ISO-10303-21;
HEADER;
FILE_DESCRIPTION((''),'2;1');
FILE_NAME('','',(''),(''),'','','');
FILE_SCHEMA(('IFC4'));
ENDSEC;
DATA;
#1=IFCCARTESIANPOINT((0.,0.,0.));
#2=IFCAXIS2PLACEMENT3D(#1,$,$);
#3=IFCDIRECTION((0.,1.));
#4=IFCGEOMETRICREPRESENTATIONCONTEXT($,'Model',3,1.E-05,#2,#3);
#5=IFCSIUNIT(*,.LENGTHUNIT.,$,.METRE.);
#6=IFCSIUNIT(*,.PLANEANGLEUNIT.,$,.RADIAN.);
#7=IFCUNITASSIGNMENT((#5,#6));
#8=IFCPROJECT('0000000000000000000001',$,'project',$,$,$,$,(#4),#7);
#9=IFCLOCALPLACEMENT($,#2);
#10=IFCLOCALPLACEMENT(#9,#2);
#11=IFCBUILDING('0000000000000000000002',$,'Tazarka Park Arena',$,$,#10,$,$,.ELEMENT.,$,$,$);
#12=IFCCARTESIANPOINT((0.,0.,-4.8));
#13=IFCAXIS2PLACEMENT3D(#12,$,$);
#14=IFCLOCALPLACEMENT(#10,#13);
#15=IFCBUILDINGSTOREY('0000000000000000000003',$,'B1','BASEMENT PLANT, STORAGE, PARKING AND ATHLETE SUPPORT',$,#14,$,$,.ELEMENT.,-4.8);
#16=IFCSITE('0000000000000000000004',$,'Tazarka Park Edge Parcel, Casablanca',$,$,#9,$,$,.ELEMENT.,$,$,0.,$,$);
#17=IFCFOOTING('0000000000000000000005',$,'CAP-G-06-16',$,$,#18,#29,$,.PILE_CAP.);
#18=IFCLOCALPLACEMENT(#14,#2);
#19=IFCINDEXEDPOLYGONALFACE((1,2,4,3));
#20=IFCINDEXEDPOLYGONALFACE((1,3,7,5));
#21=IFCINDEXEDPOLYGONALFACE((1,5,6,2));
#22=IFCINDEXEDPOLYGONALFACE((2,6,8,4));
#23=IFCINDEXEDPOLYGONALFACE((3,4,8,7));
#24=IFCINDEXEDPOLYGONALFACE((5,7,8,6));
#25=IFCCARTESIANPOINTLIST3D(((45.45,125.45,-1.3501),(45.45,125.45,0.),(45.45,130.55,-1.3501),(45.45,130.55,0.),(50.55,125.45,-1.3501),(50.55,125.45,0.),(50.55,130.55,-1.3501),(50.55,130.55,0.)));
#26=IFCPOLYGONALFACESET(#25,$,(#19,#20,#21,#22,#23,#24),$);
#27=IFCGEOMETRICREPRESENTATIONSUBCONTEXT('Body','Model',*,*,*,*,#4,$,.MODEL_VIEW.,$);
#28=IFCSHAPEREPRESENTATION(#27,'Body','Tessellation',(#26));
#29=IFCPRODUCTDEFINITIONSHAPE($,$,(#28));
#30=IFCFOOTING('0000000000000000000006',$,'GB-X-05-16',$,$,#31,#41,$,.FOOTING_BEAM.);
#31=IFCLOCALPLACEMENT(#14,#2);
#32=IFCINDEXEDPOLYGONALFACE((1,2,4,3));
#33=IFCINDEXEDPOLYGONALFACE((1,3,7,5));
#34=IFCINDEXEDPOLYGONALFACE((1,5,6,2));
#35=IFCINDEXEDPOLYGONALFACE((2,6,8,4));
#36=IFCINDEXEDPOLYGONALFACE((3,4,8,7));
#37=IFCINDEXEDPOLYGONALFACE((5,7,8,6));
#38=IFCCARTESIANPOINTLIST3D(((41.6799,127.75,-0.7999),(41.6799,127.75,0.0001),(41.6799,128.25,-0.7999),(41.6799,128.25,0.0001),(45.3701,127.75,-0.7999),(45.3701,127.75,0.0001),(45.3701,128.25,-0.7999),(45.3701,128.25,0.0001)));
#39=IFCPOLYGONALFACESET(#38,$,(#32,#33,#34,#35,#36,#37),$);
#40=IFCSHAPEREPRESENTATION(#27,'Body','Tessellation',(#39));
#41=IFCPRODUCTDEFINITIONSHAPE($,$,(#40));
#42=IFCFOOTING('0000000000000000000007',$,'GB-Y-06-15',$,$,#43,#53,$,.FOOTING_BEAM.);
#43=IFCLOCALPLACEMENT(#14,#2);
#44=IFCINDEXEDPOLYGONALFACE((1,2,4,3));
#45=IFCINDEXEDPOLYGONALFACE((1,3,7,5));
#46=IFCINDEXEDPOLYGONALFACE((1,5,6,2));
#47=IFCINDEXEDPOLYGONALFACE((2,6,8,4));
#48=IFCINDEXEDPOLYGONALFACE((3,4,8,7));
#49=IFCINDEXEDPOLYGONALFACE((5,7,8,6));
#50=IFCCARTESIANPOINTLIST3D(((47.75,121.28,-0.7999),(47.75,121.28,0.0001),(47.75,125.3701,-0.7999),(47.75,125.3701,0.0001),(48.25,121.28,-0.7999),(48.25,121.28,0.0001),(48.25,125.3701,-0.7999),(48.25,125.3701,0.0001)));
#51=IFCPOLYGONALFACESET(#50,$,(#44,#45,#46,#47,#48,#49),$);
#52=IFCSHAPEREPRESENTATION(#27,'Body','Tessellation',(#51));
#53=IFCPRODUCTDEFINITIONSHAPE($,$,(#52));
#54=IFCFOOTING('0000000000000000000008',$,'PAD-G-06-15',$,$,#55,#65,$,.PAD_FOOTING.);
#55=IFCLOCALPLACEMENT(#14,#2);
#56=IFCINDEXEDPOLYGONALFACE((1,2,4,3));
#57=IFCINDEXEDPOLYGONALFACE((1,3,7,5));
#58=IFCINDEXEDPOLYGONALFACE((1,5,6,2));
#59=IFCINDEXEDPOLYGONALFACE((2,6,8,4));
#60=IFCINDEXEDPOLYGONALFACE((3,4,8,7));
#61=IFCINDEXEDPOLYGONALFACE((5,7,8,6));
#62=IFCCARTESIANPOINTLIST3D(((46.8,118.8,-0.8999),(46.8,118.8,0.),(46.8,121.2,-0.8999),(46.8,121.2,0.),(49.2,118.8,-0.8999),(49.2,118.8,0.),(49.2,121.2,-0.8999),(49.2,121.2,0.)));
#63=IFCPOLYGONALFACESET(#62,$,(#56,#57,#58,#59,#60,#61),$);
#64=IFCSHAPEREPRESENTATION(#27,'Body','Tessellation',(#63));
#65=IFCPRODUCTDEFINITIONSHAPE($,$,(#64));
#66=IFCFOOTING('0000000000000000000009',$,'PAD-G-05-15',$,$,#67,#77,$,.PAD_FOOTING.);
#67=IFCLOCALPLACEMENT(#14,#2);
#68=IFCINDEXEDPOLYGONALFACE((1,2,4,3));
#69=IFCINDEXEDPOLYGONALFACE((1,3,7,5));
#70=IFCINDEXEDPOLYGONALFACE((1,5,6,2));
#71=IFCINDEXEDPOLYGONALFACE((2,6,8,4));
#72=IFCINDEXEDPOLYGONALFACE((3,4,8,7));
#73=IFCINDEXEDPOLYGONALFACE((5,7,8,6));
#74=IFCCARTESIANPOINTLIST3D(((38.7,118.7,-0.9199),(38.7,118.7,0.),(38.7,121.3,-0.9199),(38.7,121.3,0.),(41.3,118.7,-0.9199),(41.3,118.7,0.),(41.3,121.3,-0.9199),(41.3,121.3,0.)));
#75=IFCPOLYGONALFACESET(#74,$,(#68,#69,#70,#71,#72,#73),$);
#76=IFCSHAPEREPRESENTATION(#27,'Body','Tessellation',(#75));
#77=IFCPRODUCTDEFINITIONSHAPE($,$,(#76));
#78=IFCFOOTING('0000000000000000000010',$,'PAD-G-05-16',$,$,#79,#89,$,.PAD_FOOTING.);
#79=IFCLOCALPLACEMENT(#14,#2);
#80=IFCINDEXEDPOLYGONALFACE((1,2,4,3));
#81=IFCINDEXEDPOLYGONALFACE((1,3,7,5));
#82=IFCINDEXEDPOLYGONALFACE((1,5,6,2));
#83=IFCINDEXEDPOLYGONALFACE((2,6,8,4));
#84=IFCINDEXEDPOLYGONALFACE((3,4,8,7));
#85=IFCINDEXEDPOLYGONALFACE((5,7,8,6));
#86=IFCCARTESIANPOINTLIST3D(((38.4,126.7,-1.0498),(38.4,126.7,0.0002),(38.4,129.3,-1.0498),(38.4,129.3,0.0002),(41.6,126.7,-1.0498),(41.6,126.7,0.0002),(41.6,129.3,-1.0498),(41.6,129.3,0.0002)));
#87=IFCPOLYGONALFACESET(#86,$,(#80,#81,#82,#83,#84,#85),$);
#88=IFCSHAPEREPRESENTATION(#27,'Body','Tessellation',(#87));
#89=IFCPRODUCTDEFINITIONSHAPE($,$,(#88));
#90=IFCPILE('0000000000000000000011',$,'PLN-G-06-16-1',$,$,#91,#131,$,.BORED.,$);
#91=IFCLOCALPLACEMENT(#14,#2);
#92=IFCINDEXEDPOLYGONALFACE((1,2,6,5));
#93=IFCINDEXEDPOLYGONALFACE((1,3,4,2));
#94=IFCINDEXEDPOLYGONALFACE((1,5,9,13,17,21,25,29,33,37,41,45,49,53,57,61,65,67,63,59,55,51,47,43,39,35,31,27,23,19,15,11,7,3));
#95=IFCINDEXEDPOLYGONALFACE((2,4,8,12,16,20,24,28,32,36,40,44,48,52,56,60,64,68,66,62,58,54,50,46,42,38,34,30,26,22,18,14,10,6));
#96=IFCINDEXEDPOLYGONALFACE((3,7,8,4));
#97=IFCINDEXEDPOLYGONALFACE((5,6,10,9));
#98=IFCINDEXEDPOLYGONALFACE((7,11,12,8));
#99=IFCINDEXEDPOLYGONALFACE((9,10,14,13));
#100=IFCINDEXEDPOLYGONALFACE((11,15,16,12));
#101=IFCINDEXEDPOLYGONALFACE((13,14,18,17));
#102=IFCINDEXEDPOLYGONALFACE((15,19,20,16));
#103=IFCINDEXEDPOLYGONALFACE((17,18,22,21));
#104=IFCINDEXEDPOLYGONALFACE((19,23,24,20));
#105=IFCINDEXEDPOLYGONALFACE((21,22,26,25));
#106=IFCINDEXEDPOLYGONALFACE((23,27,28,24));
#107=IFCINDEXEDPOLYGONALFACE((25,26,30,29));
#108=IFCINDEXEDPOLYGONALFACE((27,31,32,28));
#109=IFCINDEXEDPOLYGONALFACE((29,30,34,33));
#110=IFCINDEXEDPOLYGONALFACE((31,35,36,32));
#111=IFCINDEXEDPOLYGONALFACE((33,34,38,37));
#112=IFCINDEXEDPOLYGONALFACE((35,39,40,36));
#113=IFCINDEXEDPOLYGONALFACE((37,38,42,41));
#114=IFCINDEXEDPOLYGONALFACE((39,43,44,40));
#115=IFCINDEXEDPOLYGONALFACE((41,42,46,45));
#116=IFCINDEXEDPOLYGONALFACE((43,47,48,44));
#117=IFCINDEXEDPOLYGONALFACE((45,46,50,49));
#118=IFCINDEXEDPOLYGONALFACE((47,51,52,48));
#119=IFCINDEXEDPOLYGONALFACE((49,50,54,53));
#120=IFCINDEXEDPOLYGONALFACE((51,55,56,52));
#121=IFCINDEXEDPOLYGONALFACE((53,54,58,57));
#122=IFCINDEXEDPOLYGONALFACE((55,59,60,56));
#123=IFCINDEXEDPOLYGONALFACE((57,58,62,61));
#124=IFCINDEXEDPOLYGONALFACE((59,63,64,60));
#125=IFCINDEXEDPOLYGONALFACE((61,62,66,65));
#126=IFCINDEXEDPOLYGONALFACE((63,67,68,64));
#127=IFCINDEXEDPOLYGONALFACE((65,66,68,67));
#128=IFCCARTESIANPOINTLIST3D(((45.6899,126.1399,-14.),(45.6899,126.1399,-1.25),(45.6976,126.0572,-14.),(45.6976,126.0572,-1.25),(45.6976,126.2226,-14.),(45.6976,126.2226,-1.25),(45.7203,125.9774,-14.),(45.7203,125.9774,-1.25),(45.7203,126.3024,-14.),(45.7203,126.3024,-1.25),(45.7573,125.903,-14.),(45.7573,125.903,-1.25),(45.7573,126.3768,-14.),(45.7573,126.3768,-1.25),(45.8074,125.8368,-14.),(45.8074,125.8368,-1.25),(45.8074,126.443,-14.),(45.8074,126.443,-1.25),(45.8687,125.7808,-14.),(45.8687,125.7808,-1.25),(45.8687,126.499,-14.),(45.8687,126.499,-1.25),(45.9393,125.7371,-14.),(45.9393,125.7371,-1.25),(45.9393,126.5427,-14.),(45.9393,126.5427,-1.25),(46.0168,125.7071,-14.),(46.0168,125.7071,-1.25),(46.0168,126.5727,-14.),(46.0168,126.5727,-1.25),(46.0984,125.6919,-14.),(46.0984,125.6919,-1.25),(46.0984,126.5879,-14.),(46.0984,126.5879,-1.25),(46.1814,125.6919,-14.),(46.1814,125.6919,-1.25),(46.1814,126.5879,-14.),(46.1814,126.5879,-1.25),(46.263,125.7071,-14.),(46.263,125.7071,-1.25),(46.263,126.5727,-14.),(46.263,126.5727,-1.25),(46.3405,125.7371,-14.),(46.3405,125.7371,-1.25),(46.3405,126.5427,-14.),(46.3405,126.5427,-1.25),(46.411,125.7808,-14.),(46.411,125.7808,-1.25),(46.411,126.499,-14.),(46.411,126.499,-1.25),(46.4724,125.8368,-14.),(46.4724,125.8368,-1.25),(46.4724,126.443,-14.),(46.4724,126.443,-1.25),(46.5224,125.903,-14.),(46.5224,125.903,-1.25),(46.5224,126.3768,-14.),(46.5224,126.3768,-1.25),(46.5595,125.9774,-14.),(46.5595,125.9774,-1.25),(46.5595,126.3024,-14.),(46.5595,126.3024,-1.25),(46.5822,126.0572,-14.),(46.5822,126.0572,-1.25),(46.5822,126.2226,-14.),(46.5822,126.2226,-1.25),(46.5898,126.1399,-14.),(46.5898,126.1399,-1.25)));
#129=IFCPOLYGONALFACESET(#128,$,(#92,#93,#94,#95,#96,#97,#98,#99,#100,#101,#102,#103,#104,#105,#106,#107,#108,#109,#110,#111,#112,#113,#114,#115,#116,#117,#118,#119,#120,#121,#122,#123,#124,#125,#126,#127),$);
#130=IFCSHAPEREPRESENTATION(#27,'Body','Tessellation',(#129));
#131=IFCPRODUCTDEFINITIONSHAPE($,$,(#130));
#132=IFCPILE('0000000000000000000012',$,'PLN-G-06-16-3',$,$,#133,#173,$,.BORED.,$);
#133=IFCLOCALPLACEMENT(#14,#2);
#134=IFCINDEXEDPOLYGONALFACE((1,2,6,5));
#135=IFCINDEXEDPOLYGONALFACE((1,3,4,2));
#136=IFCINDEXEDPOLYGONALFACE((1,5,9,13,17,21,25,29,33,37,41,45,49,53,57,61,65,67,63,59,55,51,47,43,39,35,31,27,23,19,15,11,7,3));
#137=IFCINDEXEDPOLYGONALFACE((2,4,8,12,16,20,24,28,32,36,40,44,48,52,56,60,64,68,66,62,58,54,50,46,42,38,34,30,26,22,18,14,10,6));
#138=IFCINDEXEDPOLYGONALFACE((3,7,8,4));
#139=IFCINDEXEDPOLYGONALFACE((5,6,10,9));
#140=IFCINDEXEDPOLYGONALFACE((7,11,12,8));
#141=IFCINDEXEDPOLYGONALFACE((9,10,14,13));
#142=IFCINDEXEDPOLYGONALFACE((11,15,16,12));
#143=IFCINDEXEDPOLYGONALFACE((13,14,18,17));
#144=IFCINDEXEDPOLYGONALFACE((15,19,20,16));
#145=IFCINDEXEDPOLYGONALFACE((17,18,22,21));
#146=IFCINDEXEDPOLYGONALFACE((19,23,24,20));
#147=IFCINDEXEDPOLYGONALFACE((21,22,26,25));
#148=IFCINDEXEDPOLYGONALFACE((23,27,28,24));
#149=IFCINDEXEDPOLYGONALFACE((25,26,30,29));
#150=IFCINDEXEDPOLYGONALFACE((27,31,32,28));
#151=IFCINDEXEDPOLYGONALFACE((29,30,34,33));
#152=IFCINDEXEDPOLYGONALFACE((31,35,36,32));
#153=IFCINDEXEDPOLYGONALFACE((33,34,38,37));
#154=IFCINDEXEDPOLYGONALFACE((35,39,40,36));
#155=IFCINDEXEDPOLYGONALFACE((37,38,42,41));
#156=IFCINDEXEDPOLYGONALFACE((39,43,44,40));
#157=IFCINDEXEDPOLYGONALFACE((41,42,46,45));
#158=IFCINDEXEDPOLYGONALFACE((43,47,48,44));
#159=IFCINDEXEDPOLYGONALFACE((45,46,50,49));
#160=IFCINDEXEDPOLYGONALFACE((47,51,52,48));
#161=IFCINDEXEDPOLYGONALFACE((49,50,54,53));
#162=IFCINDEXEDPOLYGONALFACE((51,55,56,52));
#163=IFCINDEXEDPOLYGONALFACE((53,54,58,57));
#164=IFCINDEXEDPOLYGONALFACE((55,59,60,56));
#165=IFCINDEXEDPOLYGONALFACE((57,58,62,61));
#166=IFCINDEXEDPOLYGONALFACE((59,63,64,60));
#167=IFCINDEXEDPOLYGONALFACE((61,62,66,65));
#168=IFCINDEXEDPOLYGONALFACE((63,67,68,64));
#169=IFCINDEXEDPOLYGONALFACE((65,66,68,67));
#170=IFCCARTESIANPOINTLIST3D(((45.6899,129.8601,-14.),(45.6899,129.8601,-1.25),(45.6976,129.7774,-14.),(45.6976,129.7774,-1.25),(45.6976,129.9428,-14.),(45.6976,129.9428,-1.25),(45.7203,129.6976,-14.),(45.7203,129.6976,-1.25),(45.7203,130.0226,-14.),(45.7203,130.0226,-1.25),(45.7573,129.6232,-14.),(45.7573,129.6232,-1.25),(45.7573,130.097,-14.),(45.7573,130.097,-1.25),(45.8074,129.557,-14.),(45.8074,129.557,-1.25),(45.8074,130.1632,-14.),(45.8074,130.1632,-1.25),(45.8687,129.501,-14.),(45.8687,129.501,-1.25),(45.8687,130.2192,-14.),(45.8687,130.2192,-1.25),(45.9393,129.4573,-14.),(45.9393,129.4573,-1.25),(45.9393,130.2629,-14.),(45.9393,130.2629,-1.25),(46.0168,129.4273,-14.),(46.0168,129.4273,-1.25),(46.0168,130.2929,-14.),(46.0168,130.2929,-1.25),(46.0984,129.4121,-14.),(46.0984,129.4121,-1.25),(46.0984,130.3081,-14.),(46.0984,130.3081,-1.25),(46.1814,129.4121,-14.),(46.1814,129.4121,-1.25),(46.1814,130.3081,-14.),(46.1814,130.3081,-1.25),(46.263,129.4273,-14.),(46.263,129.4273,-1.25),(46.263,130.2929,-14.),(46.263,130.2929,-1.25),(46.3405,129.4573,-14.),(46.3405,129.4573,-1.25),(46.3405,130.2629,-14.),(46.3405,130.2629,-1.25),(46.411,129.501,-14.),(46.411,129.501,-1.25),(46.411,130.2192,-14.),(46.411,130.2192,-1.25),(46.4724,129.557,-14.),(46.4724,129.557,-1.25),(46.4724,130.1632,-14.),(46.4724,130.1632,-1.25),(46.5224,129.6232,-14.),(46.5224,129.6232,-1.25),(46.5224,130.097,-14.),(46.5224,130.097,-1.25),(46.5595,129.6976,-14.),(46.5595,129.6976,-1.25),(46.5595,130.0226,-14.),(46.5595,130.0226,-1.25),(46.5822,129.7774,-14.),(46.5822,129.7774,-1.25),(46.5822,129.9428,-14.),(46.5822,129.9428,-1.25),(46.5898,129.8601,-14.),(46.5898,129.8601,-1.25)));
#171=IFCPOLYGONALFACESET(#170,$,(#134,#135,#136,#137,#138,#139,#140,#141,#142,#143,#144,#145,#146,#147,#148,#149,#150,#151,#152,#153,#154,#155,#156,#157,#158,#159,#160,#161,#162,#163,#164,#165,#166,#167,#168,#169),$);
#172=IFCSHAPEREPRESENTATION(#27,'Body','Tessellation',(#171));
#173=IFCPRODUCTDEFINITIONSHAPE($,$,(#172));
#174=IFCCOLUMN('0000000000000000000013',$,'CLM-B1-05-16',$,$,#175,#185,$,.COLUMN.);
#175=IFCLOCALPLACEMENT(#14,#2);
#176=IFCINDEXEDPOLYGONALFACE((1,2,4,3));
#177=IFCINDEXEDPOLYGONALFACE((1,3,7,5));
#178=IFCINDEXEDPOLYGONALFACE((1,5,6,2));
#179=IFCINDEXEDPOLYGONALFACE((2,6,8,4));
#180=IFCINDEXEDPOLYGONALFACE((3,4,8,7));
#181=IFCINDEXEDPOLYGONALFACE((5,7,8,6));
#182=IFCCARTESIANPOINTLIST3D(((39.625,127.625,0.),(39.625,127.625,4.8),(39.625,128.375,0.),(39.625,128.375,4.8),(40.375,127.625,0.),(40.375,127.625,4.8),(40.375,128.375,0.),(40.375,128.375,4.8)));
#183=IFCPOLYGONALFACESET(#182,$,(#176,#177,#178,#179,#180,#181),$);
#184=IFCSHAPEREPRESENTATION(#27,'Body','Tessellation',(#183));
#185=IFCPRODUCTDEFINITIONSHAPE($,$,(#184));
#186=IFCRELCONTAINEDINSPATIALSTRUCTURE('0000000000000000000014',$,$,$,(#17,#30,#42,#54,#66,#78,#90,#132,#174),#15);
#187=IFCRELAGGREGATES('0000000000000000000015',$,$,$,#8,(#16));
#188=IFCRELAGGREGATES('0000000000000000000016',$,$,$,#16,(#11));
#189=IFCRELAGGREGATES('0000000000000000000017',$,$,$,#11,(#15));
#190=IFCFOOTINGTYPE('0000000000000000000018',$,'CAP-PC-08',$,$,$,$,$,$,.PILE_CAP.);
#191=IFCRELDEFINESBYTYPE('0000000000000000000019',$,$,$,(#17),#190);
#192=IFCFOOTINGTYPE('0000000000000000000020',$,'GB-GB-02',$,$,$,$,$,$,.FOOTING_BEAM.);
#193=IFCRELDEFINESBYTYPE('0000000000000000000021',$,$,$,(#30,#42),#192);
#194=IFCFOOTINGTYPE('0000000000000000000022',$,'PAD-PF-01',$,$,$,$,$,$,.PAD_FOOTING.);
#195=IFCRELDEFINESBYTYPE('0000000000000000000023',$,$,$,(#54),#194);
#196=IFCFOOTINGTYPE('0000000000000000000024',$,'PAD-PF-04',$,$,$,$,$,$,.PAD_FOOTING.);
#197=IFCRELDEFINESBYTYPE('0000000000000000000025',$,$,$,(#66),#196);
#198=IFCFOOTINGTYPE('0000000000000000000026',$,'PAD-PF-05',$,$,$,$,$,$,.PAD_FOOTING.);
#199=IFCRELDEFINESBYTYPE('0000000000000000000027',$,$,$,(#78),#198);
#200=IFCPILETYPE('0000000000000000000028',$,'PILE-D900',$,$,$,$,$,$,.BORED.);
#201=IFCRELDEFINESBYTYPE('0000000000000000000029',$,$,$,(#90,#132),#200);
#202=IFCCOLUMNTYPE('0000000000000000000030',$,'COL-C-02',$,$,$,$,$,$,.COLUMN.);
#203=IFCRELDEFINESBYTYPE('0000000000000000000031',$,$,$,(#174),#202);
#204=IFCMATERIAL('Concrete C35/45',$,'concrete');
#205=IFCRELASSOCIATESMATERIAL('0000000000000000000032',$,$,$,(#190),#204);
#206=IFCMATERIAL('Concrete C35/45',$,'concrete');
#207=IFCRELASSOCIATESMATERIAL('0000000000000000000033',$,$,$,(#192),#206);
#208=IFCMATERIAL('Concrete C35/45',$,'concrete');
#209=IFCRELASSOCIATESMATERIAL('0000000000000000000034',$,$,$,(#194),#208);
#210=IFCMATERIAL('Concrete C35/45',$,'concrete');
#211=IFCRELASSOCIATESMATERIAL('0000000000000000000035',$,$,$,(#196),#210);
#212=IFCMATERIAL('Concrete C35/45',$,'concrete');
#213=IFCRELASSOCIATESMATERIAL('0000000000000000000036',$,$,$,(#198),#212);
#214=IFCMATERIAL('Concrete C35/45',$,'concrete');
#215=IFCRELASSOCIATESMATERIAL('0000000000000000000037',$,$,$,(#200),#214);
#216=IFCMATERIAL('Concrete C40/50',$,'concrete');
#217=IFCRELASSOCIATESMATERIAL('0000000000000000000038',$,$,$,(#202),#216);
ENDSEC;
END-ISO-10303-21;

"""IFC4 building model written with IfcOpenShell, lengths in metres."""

from ifc_helpers import new_model, si_unit, direction, frame, origin, origin_2d, place, context, subcontext, project, spatial, rectangle, circle, extrude, material, material_profile, profile_set, type_object, element, save


model = new_model("IFC4")

# Units and contexts
model_context = context("Model", 3, precision=1e-05, world=origin(), true_north=direction((0.0, 1.0)))
body_context = subcontext(model_context, "Body", "Model", "MODEL_VIEW")
ifc_project = project(units=[si_unit("LENGTHUNIT", "METRE"), si_unit("PLANEANGLEUNIT", "RADIAN")], contexts=[model_context])

# Site, building, storey
site_placement = place(None, origin())
site = spatial("IfcSite", under=ifc_project, at=site_placement, Name="Tazarka Park Edge Parcel, Casablanca", CompositionType="ELEMENT", RefElevation=0.0)
building_placement = place(site_placement, origin())
building = spatial("IfcBuilding", under=site, at=building_placement, Name="Tazarka Park Arena", CompositionType="ELEMENT")
storey_placement = place(building_placement, frame((0.0, 0.0, -4.8)))
storey = spatial("IfcBuildingStorey", under=building, at=storey_placement, Name="B1", Description="BASEMENT PLANT, STORAGE, PARKING AND ATHLETE SUPPORT", CompositionType="ELEMENT", Elevation=-4.8)

# Footings
ifc_material_1 = material(Name="Concrete C35/45", Category="concrete")
footing_type_1 = type_object("IfcFootingType", Name="CAP-PC-08", PredefinedType="PILE_CAP", material=ifc_material_1)
footing_1_placement = place(storey_placement, frame((48.0, 128.0, -1.3501), z_axis=(0.0, 0.0, 1.0), x_axis=(1.0, 0.0, 0.0)))
element("IfcFooting", 1, at=footing_1_placement, inside=storey, type_object=footing_type_1, Name="CAP-G-06-16", PredefinedType="PILE_CAP", context=body_context, shape_type="SweptSolid", body=[
    extrude(rectangle(XDim=5.1001, YDim=5.1001, at=origin_2d()), origin(), (0.0, 0.0, 1.0), 1.3501),
])
ifc_material_2 = material(Name="Concrete C35/45", Category="concrete")
ifc_material_profile_1 = material_profile(ifc_material_2, rectangle(XDim=0.5, YDim=0.8, at=origin_2d()), Name="Concrete C35/45")
ifc_profile_set_1 = profile_set([ifc_material_profile_1], Name="Concrete C35/45")
footing_type_2 = type_object("IfcFootingType", Name="GB-GB-02", PredefinedType="FOOTING_BEAM", material=ifc_profile_set_1)
footing_2_placement = place(storey_placement, frame((41.6799, 128.0, -0.3999), z_axis=(1.0, 0.0, 0.0), x_axis=(0.0, 1.0, 0.0)))
element("IfcFooting", 2, at=footing_2_placement, inside=storey, type_object=footing_type_2, Name="GB-X-05-16", PredefinedType="FOOTING_BEAM", context=body_context, shape_type="SweptSolid", body=[
    extrude(rectangle(XDim=0.5, YDim=0.8, at=origin_2d()), origin(), (0.0, 0.0, 1.0), 3.6902),
])
footing_3_placement = place(storey_placement, frame((48.0, 121.28, -0.3999), z_axis=(0.0, 1.0, 0.0), x_axis=(-1.0, 0.0, 0.0)))
element("IfcFooting", 3, at=footing_3_placement, inside=storey, type_object=footing_type_2, Name="GB-Y-06-15", PredefinedType="FOOTING_BEAM", context=body_context, shape_type="SweptSolid", body=[
    extrude(rectangle(XDim=0.5, YDim=0.8, at=origin_2d()), origin(), (0.0, 0.0, 1.0), 4.0901),
])
ifc_material_3 = material(Name="Concrete C35/45", Category="concrete")
footing_type_3 = type_object("IfcFootingType", Name="PAD-PF-01", PredefinedType="PAD_FOOTING", material=ifc_material_3)
footing_4_placement = place(storey_placement, frame((48.0, 120.0, -0.8999), z_axis=(0.0, 0.0, 1.0), x_axis=(1.0, 0.0, 0.0)))
element("IfcFooting", 4, at=footing_4_placement, inside=storey, type_object=footing_type_3, Name="PAD-G-06-15", PredefinedType="PAD_FOOTING", context=body_context, shape_type="SweptSolid", body=[
    extrude(rectangle(XDim=2.3999, YDim=2.3999, at=origin_2d()), origin(), (0.0, 0.0, 1.0), 0.8999),
])
ifc_material_4 = material(Name="Concrete C35/45", Category="concrete")
footing_type_4 = type_object("IfcFootingType", Name="PAD-PF-04", PredefinedType="PAD_FOOTING", material=ifc_material_4)
footing_5_placement = place(storey_placement, frame((40.0, 120.0, -0.9199), z_axis=(0.0, 0.0, 1.0), x_axis=(1.0, 0.0, 0.0)))
element("IfcFooting", 5, at=footing_5_placement, inside=storey, type_object=footing_type_4, Name="PAD-G-05-15", PredefinedType="PAD_FOOTING", context=body_context, shape_type="SweptSolid", body=[
    extrude(rectangle(XDim=2.6001, YDim=2.6001, at=origin_2d()), origin(), (0.0, 0.0, 1.0), 0.9199),
])
ifc_material_5 = material(Name="Concrete C35/45", Category="concrete")
footing_type_5 = type_object("IfcFootingType", Name="PAD-PF-05", PredefinedType="PAD_FOOTING", material=ifc_material_5)
footing_6_placement = place(storey_placement, frame((40.0, 128.0, -1.0498), z_axis=(0.0, 0.0, 1.0), x_axis=(1.0, 0.0, 0.0)))
element("IfcFooting", 6, at=footing_6_placement, inside=storey, type_object=footing_type_5, Name="PAD-G-05-16", PredefinedType="PAD_FOOTING", context=body_context, shape_type="SweptSolid", body=[
    extrude(rectangle(XDim=3.2, YDim=2.6001, at=origin_2d()), origin(), (0.0, 0.0, 1.0), 1.05),
])

# Piles
ifc_material_6 = material(Name="Concrete C35/45", Category="concrete")
ifc_material_profile_2 = material_profile(ifc_material_6, circle(Radius=0.45, at=origin_2d()), Name="Concrete C35/45")
ifc_profile_set_2 = profile_set([ifc_material_profile_2], Name="Concrete C35/45")
pile_type = type_object("IfcPileType", Name="PILE-D900", PredefinedType="BORED", material=ifc_profile_set_2)
for number, where, z_axis, x_axis, name in (
    (7, (46.1399, 126.1399, -1.25), (0.0, 0.0, -1.0), (1.0, 0.0, 0.0), "PLN-G-06-16-1"),
    (8, (46.1399, 129.8601, -1.25), (0.0, 0.0, -1.0), (1.0, 0.0, 0.0), "PLN-G-06-16-3"),
):
    element("IfcPile", number, at=place(storey_placement, frame(where, z_axis=z_axis, x_axis=x_axis)), inside=storey, type_object=pile_type, Name=name, PredefinedType="BORED", context=body_context, shape_type="SweptSolid", body=[
        extrude(circle(Radius=0.45, at=origin_2d()), origin(), (0.0, 0.0, 1.0), 12.75),
    ])

# Column
ifc_material_7 = material(Name="Concrete C40/50", Category="concrete")
ifc_material_profile_3 = material_profile(ifc_material_7, rectangle(XDim=0.75, YDim=0.75, at=origin_2d()), Name="Concrete C40/50")
ifc_profile_set_3 = profile_set([ifc_material_profile_3], Name="Concrete C40/50")
column_type_1 = type_object("IfcColumnType", Name="COL-C-02", PredefinedType="COLUMN", material=ifc_profile_set_3)
for number, where, z_axis, x_axis, name in (
    (9, (40.0, 128.0, 0.0), (0.0, 0.0, 1.0), (1.0, 0.0, 0.0), "CLM-B1-05-16"),
):
    element("IfcColumn", number, at=place(storey_placement, frame(where, z_axis=z_axis, x_axis=x_axis)), inside=storey, type_object=column_type_1, Name=name, PredefinedType="COLUMN", context=body_context, shape_type="SweptSolid", body=[
        extrude(rectangle(XDim=0.75, YDim=0.75, at=origin_2d()), origin(), (0.0, 0.0, 1.0), 4.8),
    ])

save(model, "model.ifc")
